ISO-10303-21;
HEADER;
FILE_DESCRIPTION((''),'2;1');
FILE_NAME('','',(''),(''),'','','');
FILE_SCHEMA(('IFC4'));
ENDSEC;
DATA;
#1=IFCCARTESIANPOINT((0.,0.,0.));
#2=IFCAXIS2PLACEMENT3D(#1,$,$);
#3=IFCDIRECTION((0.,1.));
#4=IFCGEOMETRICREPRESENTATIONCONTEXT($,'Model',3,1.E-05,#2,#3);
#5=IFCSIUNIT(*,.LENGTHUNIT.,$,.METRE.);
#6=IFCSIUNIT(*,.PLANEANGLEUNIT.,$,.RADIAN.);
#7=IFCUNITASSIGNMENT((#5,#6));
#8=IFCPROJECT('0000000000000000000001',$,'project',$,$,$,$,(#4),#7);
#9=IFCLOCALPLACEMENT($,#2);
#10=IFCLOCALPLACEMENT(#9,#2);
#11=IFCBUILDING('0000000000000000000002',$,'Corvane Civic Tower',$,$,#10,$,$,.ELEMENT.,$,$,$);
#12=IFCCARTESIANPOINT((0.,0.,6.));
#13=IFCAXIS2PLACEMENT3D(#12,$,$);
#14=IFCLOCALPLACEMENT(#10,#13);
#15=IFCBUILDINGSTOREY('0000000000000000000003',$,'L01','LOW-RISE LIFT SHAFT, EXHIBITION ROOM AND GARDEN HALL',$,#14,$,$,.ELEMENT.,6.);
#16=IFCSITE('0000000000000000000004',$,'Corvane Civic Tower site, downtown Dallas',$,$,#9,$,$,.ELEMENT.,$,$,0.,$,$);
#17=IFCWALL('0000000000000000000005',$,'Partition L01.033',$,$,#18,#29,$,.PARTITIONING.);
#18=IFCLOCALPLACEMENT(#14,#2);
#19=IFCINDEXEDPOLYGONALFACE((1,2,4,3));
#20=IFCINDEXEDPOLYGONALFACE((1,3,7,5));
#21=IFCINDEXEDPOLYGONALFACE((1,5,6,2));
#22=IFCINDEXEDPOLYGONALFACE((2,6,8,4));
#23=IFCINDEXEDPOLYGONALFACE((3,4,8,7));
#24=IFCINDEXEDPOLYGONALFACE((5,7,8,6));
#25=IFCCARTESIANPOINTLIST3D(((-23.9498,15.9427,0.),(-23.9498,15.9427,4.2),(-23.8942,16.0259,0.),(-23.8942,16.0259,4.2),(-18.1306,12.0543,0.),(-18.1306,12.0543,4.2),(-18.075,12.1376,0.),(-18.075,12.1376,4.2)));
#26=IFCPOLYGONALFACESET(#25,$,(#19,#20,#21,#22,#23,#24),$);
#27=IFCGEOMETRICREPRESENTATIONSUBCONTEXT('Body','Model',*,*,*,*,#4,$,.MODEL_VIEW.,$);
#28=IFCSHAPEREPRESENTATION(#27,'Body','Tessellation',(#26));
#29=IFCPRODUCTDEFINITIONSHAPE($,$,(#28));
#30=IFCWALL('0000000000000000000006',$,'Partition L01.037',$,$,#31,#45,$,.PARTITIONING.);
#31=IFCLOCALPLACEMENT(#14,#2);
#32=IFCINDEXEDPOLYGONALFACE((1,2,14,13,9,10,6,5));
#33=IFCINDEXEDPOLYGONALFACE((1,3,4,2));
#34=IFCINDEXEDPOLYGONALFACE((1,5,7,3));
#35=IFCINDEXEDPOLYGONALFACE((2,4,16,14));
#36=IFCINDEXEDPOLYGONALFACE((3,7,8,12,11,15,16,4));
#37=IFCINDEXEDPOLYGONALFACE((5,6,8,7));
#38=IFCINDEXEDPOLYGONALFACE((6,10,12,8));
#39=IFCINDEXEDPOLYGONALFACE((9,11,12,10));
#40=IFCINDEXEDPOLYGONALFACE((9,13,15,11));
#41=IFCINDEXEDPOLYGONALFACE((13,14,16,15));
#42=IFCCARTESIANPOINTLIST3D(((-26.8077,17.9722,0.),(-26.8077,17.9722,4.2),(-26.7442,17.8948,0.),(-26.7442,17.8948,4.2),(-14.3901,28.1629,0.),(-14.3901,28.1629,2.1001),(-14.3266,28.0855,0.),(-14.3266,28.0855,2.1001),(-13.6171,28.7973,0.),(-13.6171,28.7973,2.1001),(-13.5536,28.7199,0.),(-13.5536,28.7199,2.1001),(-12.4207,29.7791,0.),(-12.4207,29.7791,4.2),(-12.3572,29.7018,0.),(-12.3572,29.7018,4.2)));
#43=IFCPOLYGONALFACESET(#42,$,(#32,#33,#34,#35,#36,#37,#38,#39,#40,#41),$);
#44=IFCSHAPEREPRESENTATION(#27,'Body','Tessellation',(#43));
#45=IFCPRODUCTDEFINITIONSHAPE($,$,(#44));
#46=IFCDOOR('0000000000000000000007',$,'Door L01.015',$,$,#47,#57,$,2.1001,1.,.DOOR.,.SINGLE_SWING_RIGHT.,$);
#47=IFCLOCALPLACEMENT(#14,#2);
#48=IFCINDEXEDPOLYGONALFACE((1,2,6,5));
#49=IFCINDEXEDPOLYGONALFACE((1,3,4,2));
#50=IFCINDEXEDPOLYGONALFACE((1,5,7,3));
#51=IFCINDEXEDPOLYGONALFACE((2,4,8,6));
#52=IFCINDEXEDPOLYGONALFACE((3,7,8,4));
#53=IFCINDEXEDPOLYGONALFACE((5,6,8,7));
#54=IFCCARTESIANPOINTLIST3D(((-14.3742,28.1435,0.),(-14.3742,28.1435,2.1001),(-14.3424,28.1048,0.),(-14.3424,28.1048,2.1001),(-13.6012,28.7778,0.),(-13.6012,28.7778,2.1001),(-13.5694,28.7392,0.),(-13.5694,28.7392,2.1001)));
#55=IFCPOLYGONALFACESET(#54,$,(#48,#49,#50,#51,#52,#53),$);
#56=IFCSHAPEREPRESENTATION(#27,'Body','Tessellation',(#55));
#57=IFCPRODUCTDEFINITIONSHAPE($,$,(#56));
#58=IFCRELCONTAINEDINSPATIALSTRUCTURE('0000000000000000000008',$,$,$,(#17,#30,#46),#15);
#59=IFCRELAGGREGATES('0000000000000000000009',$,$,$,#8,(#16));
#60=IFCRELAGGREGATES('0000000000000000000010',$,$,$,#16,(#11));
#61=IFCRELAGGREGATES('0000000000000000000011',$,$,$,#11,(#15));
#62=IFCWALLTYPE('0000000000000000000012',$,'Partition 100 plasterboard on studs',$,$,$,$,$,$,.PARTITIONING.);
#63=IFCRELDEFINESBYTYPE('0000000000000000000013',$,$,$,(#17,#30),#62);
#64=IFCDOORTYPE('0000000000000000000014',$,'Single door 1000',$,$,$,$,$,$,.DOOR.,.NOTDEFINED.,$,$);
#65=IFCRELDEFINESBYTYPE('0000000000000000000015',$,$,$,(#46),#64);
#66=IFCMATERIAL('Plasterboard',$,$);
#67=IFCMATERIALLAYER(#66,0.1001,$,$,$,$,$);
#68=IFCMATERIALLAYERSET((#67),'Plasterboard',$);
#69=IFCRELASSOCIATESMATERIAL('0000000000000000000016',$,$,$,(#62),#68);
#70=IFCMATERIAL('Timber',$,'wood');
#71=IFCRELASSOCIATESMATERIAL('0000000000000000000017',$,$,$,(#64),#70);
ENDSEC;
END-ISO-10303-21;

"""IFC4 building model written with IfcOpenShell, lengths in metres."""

from ifc_helpers import new_model, si_unit, direction, frame, frame_2d, origin, place, context, subcontext, project, spatial, rectangle, extrude, material, layer, layer_set, type_object, element, fill, save


model = new_model("IFC4")

# Units and contexts
model_context = context("Model", 3, precision=1e-05, world=origin(), true_north=direction((0.0, 1.0)))
body_context = subcontext(model_context, "Body", "Model", "MODEL_VIEW")
ifc_project = project(units=[si_unit("LENGTHUNIT", "METRE"), si_unit("PLANEANGLEUNIT", "RADIAN")], contexts=[model_context])

# Site, building, storey
site_placement = place(None, origin())
site = spatial("IfcSite", under=ifc_project, at=site_placement, Name="Corvane Civic Tower site, downtown Dallas", CompositionType="ELEMENT", RefElevation=0.0)
building_placement = place(site_placement, origin())
building = spatial("IfcBuilding", under=site, at=building_placement, Name="Corvane Civic Tower", CompositionType="ELEMENT")
storey_placement = place(building_placement, frame((0.0, 0.0, 6.0)))
storey = spatial("IfcBuildingStorey", under=building, at=storey_placement, Name="L01", Description="LOW-RISE LIFT SHAFT, EXHIBITION ROOM AND GARDEN HALL", CompositionType="ELEMENT", Elevation=6.0)

# Shared definitions
ifc_material_1 = material(Name="Plasterboard")
ifc_layer_1 = layer(ifc_material_1, 0.1001)
ifc_layer_set_1 = layer_set([ifc_layer_1], Name="Plasterboard")
wall_type_1 = type_object("IfcWallType", Name="Partition 100 plasterboard on studs", PredefinedType="PARTITIONING", material=ifc_layer_set_1)
ifc_material_2 = material(Name="Timber", Category="wood")
door_type_1 = type_object("IfcDoorType", Name="Single door 1000", OperationType="NOTDEFINED", PredefinedType="DOOR", material=ifc_material_2)

# Wall
wall_1_placement = place(storey_placement, frame((-23.9221, 15.9844, 0.0), z_axis=(0.0, 0.0, 1.0), x_axis=(0.831465, -0.555577, 0.0)))
element("IfcWall", 1, at=wall_1_placement, inside=storey, type_object=wall_type_1, Name="Partition L01.033", PredefinedType="PARTITIONING", context=body_context, shape_type="SweptSolid", body=[
    extrude(rectangle(XDim=6.9988, YDim=0.1001, at=frame_2d((3.4995, 0.0))), origin(), (0.0, 0.0, 1.0), 4.2),
])

# Wall, opening, door
wall_2_placement = place(storey_placement, frame((-26.7759, 17.9336, 0.0), z_axis=(0.0, 0.0, 1.0), x_axis=(0.773015, 0.634387, 0.0)))
wall_2 = element("IfcWall", 2, at=wall_2_placement, inside=storey, type_object=wall_type_1, Name="Partition L01.037", PredefinedType="PARTITIONING", context=body_context, shape_type="SweptSolid", body=[
    extrude(rectangle(XDim=18.6116, YDim=0.1001, at=frame_2d((9.3057, 0.0))), origin(), (0.0, 0.0, 1.0), 4.2),
])
opening_1_placement = place(wall_2_placement, frame((16.0637, 0.0, 0.0)))
opening_1 = element("IfcOpeningElement", 3, at=opening_1_placement, cuts=wall_2, PredefinedType="OPENING", context=body_context, shape_type="SweptSolid", body=[
    extrude(rectangle(XDim=1.0, YDim=2.1001, at=frame_2d((0.5, 1.05))), frame((0.0, 0.0601, 0.0), z_axis=(0.0, -1.0, 0.0), x_axis=(1.0, 0.0, 0.0)), (0.0, 0.0, 1.0), 0.1201),
])
door_1_placement = place(opening_1_placement, origin())
door_1 = element("IfcDoor", 4, at=door_1_placement, inside=storey, type_object=door_type_1, Name="Door L01.015", OperationType="SINGLE_SWING_RIGHT", OverallHeight=2.1001, OverallWidth=1.0, PredefinedType="DOOR", context=body_context, shape_type="SweptSolid", body=[
    extrude(rectangle(XDim=1.0, YDim=2.1001, at=frame_2d((0.5, 1.05))), frame((0.0, 0.0249, 0.0), z_axis=(0.0, -1.0, 0.0), x_axis=(1.0, 0.0, 0.0)), (0.0, 0.0, 1.0), 0.05),
])
fill(opening_1, door_1)

save(model, "model.ifc")
